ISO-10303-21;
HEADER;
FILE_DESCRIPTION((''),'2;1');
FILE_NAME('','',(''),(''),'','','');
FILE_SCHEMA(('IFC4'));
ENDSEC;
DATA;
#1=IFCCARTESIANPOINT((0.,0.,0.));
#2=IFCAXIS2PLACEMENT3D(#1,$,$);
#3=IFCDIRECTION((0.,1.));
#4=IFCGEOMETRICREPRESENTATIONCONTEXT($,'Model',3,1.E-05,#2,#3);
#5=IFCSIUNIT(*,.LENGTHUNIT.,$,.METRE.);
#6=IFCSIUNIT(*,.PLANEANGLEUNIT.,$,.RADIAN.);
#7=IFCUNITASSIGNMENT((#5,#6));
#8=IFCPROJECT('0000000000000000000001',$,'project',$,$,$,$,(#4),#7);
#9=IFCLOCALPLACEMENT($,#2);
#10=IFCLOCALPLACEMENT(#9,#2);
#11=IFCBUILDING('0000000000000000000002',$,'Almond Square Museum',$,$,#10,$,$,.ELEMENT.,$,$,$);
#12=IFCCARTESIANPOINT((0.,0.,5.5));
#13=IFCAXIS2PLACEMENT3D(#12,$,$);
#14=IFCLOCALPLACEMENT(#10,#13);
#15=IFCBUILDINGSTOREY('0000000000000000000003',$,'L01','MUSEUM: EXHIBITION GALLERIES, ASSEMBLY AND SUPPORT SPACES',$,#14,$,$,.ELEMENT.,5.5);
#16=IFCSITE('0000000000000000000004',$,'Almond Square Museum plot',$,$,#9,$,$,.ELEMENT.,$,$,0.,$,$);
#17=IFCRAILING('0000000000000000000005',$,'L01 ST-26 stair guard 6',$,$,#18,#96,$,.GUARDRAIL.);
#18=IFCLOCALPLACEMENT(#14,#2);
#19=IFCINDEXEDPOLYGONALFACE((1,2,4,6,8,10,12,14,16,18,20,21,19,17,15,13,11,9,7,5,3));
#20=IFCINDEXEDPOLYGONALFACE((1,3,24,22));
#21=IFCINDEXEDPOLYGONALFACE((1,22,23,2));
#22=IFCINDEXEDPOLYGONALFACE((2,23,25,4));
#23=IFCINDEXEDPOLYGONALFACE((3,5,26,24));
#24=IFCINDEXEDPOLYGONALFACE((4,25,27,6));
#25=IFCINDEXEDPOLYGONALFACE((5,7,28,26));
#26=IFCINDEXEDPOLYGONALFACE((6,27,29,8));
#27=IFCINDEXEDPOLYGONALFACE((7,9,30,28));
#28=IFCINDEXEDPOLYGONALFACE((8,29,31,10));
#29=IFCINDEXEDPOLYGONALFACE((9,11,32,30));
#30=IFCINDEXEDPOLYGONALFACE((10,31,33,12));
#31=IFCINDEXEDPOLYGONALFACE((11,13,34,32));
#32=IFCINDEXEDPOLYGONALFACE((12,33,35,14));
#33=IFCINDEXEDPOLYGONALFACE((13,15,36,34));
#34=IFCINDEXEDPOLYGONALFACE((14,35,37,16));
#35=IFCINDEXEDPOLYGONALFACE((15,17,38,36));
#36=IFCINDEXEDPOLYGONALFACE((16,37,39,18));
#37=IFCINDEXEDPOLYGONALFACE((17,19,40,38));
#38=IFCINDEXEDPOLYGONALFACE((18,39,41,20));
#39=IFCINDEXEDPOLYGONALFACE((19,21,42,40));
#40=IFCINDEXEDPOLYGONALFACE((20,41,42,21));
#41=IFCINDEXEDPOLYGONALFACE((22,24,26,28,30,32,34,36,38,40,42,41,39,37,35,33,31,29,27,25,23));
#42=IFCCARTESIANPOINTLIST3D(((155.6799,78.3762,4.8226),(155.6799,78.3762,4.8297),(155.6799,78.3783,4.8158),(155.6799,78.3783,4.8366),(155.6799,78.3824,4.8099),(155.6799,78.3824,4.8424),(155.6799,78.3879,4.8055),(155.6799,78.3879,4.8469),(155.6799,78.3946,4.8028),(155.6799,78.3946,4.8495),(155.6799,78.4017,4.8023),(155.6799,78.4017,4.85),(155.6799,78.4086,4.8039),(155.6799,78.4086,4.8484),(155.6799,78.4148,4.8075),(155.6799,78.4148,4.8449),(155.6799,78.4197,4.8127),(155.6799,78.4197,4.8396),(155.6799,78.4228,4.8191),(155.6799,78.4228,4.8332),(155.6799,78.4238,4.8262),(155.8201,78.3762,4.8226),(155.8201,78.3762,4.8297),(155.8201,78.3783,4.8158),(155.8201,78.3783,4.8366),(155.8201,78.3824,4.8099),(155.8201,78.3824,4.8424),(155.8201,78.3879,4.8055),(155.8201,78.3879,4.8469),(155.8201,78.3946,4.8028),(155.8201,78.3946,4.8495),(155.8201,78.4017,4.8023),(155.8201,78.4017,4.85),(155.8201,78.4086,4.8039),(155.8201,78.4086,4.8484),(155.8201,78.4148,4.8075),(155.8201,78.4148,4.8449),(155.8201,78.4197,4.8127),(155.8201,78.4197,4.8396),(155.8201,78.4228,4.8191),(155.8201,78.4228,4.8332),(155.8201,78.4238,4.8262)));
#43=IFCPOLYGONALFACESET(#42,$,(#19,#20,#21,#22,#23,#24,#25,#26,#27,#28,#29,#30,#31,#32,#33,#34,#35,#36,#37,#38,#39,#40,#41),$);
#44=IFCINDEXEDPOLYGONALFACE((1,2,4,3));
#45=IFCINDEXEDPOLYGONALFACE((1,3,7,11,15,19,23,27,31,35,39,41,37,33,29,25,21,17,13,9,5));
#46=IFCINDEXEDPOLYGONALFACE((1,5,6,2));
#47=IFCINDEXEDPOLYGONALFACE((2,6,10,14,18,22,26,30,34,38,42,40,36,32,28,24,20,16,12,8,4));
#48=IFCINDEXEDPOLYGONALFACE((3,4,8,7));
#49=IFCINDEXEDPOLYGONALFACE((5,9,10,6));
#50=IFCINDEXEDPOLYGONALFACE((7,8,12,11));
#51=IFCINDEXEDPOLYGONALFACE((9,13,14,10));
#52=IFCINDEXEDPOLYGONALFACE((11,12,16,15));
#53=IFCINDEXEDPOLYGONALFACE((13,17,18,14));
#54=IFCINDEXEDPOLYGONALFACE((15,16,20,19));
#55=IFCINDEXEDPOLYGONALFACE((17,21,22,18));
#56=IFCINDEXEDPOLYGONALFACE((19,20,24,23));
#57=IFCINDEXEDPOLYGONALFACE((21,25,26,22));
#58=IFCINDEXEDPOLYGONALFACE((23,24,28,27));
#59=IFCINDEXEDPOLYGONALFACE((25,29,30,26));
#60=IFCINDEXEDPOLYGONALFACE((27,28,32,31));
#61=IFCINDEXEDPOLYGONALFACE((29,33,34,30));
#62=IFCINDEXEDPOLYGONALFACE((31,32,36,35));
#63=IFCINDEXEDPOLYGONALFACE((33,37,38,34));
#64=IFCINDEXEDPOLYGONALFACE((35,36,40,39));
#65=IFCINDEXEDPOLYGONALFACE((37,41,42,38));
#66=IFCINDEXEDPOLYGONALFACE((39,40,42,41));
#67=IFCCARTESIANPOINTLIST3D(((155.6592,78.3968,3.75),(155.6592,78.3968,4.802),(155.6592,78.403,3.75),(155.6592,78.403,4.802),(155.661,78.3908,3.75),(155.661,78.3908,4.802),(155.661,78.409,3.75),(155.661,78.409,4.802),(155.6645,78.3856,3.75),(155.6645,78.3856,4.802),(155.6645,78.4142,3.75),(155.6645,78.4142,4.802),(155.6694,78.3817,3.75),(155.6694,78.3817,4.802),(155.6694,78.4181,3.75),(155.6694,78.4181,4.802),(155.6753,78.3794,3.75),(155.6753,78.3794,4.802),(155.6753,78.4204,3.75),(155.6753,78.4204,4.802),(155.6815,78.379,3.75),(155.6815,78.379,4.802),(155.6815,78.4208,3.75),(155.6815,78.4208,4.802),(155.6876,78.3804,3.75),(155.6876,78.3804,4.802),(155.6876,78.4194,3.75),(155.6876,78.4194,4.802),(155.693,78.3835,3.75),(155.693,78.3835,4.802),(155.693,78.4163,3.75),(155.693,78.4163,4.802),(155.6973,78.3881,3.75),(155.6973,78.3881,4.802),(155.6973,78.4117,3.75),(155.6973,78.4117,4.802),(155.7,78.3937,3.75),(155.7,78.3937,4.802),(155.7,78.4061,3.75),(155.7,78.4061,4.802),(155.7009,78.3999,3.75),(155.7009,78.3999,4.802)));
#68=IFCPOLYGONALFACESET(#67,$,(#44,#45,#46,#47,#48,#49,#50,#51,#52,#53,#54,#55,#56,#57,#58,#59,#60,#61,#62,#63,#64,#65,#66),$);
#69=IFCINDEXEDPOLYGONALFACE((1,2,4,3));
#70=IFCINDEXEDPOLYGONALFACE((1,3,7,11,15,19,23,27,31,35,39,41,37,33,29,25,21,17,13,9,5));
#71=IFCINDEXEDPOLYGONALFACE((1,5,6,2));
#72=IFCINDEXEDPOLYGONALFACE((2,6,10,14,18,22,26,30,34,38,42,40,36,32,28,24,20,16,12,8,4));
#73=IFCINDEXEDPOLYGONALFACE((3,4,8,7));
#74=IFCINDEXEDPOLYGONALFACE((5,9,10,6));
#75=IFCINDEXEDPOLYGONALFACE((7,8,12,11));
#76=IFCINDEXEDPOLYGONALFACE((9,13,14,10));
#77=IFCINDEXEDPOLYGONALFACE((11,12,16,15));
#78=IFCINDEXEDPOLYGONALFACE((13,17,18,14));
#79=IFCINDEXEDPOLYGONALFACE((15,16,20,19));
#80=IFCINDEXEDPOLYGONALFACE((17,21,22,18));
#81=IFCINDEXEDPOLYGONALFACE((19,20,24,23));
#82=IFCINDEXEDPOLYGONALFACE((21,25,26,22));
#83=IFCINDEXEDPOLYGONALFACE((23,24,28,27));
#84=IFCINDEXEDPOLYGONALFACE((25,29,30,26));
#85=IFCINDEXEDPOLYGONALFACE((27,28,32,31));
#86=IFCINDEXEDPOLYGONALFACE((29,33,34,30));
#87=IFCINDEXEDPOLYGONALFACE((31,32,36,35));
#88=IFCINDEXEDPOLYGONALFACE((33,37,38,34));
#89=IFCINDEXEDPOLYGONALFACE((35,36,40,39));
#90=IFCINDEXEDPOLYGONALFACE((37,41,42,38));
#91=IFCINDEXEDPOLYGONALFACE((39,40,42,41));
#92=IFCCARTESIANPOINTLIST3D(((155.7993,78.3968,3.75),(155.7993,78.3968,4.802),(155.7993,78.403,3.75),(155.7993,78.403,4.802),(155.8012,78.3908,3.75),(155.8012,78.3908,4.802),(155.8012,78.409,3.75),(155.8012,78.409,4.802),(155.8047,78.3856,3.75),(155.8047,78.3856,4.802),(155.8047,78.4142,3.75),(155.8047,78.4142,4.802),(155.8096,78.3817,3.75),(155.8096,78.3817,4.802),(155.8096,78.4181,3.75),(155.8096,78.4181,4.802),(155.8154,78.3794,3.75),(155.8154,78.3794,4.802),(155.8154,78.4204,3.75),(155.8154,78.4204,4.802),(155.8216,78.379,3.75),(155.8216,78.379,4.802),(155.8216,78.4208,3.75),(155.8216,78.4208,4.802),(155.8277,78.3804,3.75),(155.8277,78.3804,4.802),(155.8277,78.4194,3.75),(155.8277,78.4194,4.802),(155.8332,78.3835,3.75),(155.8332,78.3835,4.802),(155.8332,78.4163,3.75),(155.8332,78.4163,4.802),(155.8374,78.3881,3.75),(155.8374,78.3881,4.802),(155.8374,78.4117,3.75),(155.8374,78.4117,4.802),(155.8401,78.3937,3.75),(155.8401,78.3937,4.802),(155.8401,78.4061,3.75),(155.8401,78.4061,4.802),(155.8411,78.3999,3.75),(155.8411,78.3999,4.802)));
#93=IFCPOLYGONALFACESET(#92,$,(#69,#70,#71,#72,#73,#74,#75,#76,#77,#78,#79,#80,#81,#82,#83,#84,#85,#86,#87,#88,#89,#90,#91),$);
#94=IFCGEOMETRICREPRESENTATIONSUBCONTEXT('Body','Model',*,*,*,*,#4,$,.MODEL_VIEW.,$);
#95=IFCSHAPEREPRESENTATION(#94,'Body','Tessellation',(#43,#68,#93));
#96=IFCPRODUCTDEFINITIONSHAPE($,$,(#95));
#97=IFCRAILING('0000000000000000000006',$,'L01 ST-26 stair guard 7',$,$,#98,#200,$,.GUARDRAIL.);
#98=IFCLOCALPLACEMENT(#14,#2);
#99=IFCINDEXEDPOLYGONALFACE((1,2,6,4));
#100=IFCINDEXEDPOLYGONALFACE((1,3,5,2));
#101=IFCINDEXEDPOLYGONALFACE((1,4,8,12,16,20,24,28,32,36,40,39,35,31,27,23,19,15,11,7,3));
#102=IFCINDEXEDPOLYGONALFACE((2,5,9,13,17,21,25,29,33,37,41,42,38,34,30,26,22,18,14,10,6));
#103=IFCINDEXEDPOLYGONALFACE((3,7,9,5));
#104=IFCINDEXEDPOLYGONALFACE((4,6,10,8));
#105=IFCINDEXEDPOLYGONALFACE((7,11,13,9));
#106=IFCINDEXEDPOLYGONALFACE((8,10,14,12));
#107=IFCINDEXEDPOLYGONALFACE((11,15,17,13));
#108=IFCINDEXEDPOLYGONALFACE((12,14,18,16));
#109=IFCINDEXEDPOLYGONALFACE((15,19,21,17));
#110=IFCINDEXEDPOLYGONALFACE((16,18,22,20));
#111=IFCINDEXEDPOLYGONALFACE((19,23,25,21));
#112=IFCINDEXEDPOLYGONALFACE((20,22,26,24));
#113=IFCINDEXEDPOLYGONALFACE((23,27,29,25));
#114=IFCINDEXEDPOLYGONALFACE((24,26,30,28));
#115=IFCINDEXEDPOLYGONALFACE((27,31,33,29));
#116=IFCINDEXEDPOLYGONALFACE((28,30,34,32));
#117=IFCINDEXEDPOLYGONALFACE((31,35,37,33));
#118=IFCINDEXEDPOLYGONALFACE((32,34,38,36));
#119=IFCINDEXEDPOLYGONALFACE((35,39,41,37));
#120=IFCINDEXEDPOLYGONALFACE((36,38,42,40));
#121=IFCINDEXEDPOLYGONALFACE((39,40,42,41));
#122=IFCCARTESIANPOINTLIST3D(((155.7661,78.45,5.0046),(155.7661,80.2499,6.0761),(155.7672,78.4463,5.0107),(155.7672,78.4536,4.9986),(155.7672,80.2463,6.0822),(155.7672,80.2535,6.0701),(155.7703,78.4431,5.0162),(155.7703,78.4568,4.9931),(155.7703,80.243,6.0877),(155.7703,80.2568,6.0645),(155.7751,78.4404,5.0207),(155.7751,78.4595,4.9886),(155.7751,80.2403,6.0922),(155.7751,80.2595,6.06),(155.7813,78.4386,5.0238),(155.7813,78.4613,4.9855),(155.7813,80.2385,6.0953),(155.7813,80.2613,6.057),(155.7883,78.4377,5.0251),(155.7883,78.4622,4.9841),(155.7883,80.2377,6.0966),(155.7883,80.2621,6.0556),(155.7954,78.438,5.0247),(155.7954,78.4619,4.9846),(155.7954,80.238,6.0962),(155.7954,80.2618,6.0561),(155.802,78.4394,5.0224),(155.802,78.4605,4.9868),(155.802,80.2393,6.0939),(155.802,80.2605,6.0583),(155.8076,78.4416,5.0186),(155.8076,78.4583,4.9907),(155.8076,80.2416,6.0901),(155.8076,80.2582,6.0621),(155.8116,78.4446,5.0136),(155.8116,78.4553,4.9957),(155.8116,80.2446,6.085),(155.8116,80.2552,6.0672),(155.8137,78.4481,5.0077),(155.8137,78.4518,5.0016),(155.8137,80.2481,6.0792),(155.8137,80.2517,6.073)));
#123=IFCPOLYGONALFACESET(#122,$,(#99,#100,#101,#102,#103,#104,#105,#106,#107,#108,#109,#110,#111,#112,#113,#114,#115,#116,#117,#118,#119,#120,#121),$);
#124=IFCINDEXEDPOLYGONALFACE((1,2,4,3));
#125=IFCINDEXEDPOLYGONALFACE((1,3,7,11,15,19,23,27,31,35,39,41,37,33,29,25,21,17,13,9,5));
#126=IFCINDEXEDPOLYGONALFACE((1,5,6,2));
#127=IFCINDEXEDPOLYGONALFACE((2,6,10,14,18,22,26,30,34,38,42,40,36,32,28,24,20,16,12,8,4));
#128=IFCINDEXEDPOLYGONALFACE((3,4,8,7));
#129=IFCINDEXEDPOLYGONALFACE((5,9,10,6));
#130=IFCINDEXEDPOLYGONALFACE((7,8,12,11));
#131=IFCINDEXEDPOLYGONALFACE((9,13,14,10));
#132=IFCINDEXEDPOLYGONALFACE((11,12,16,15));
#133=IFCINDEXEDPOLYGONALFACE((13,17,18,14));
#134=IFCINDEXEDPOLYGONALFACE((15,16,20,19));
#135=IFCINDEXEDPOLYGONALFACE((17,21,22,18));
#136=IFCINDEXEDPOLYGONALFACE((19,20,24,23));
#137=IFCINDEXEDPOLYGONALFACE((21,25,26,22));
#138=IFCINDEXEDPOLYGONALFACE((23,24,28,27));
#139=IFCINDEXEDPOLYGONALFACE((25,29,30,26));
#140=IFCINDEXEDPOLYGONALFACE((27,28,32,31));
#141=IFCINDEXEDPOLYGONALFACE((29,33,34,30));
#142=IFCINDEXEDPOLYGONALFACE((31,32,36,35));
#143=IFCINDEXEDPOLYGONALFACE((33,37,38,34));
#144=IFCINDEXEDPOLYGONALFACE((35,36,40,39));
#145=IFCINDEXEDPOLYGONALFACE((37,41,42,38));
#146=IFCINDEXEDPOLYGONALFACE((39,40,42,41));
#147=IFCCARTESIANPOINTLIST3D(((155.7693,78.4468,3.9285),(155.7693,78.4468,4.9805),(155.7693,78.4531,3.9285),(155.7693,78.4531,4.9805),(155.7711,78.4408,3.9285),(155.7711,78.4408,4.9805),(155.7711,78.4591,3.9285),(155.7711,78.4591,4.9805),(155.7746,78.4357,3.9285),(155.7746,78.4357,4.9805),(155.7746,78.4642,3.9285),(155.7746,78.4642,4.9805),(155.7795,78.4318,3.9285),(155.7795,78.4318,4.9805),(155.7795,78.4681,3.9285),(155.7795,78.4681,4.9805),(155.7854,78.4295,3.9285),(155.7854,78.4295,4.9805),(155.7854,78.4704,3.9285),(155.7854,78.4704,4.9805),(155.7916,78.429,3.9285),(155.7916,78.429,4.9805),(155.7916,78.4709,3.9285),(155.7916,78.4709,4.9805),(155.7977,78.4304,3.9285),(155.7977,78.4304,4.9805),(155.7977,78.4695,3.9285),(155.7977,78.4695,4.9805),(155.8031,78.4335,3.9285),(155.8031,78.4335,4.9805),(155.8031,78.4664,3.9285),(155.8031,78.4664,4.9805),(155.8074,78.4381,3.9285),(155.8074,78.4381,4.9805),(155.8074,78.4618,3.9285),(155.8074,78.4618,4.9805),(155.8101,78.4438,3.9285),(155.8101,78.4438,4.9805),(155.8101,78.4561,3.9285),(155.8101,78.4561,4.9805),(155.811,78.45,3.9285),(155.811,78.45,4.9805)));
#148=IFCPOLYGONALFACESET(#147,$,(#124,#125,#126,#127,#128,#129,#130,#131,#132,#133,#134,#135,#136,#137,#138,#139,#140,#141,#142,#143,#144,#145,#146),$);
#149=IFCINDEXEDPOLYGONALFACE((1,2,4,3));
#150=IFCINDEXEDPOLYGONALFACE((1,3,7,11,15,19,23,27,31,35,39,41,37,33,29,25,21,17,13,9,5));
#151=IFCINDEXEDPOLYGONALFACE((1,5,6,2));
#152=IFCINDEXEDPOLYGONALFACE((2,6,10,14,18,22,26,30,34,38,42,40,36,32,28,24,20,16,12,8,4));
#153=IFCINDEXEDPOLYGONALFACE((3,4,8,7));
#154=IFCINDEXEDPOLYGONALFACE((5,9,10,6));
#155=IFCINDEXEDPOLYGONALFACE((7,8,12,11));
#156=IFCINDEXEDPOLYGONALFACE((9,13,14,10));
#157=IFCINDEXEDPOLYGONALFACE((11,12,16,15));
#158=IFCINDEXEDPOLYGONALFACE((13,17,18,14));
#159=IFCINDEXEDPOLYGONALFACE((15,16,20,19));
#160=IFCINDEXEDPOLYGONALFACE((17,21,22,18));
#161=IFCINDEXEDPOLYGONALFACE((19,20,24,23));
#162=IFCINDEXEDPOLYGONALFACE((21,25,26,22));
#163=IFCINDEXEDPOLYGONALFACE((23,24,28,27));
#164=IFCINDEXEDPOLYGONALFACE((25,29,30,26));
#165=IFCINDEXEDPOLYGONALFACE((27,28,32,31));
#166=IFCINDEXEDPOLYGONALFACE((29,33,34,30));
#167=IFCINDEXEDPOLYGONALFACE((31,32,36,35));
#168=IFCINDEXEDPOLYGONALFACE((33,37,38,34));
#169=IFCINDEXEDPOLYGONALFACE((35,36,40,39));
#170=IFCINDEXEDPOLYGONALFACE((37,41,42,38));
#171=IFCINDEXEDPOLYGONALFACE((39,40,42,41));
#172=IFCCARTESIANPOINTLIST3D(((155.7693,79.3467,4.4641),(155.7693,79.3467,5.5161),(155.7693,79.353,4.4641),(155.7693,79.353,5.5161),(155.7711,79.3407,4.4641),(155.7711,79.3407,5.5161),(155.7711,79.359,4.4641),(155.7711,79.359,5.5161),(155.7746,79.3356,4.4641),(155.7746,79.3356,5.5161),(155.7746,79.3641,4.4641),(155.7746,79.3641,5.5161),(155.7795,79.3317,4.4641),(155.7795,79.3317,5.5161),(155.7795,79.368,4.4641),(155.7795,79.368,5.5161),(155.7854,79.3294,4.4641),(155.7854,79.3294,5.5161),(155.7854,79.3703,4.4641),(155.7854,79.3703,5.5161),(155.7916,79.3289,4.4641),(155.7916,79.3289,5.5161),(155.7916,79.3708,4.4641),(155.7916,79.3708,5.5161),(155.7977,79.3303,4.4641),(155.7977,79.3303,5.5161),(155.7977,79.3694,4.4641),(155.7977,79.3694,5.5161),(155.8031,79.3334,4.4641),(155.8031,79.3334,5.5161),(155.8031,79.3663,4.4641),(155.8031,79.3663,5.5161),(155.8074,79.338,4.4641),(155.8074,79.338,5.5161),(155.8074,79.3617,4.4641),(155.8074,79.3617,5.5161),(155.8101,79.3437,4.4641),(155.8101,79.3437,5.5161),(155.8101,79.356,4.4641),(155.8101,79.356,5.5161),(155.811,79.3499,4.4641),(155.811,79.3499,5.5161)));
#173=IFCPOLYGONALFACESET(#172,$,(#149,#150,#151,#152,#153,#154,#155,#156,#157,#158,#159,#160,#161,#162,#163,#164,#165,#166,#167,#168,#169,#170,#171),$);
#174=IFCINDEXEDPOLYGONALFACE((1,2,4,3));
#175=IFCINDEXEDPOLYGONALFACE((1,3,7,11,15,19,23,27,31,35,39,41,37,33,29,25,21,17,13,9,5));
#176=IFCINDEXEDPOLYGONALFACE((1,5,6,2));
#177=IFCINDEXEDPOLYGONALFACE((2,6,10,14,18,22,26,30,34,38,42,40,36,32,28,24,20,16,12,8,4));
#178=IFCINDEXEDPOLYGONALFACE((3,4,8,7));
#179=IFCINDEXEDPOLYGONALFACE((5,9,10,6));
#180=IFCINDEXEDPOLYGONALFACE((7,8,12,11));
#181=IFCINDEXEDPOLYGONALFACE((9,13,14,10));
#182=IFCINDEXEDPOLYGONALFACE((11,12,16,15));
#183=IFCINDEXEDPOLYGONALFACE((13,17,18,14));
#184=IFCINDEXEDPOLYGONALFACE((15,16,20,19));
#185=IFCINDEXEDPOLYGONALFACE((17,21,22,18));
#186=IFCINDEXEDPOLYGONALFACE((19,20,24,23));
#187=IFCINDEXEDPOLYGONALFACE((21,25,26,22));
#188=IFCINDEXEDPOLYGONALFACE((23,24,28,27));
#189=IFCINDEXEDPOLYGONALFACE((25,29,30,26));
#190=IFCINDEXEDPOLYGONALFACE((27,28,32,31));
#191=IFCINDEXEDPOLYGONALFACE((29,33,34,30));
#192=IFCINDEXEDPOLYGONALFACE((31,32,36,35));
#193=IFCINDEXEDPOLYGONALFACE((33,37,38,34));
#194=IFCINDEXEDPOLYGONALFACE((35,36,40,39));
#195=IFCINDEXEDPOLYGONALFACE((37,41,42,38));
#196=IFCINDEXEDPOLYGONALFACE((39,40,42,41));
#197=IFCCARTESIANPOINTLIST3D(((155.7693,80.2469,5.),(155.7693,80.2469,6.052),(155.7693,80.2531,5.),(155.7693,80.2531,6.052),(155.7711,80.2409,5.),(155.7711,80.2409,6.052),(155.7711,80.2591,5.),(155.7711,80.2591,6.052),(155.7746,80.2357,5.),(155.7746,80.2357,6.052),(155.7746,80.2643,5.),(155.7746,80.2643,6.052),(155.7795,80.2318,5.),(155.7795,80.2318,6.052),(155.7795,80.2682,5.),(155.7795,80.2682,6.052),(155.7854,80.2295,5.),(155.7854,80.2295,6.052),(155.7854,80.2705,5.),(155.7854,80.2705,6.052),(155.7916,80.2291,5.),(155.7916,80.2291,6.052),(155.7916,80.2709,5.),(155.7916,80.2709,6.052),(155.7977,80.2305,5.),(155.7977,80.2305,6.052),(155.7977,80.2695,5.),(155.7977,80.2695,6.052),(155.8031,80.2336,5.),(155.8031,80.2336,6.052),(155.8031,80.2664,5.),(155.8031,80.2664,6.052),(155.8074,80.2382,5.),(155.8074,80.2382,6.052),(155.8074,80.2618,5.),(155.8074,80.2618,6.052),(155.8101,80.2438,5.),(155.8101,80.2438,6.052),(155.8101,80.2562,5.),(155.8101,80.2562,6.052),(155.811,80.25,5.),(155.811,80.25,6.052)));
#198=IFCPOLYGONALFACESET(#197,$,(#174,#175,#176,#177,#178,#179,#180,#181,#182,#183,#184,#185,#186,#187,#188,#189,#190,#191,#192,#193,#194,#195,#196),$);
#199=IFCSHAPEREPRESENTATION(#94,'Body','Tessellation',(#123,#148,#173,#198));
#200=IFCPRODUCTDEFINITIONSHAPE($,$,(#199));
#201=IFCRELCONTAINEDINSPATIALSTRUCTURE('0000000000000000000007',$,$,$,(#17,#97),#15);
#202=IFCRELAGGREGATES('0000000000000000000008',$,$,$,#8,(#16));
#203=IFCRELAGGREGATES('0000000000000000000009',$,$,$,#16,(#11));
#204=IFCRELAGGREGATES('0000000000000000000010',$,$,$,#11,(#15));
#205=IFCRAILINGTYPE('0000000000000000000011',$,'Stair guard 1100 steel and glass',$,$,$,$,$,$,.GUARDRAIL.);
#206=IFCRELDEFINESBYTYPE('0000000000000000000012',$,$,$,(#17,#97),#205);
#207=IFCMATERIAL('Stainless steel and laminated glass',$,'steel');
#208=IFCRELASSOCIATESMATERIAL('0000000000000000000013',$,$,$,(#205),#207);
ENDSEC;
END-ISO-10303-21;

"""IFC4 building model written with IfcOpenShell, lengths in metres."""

from ifc_helpers import new_model, si_unit, direction, frame, origin, origin_2d, place, context, subcontext, project, spatial, circle, extrude, material, type_object, element, save


model = new_model("IFC4")

# Units and contexts
model_context = context("Model", 3, precision=1e-05, world=origin(), true_north=direction((0.0, 1.0)))
body_context = subcontext(model_context, "Body", "Model", "MODEL_VIEW")
ifc_project = project(units=[si_unit("LENGTHUNIT", "METRE"), si_unit("PLANEANGLEUNIT", "RADIAN")], contexts=[model_context])

# Site, building, storey
site_placement = place(None, origin())
site = spatial("IfcSite", under=ifc_project, at=site_placement, Name="Almond Square Museum plot", CompositionType="ELEMENT", RefElevation=0.0)
building_placement = place(site_placement, origin())
building = spatial("IfcBuilding", under=site, at=building_placement, Name="Almond Square Museum", CompositionType="ELEMENT")
storey_placement = place(building_placement, frame((0.0, 0.0, 5.5)))
storey = spatial("IfcBuildingStorey", under=building, at=storey_placement, Name="L01", Description="MUSEUM: EXHIBITION GALLERIES, ASSEMBLY AND SUPPORT SPACES", CompositionType="ELEMENT", Elevation=5.5)

# Railings
ifc_material_1 = material(Name="Stainless steel and laminated glass", Category="steel")
railing_type_1 = type_object("IfcRailingType", Name="Stair guard 1100 steel and glass", PredefinedType="GUARDRAIL", material=ifc_material_1)
railing_1_placement = place(storey_placement, frame((155.6799, 78.3999, 3.75)))
element("IfcRailing", 1, at=railing_1_placement, inside=storey, type_object=railing_type_1, Name="L01 ST-26 stair guard 6", PredefinedType="GUARDRAIL", context=body_context, shape_type="SweptSolid", body=[
    extrude(circle(Radius=0.0239, at=origin_2d()), frame((0.0, 0.0, 1.0762), z_axis=(1.0, 0.0, 0.0), x_axis=(0.0, 1.0, 0.0)), (0.0, 0.0, 1.0), 0.1401),
    extrude(circle(Radius=0.021, at=origin_2d()), origin(), (0.0, 0.0, 1.0), 1.052),
    extrude(circle(Radius=0.021, at=origin_2d()), frame((0.1401, 0.0, 0.0)), (0.0, 0.0, 1.0), 1.052),
])
railing_2_placement = place(storey_placement, frame((155.79, 78.45, 3.9285)))
element("IfcRailing", 2, at=railing_2_placement, inside=storey, type_object=railing_type_1, Name="L01 ST-26 stair guard 7", PredefinedType="GUARDRAIL", context=body_context, shape_type="SweptSolid", body=[
    extrude(circle(Radius=0.0239, at=origin_2d()), frame((0.0, 0.0, 1.0762), z_axis=(0.0, 0.859277, 0.51151), x_axis=(-1.0, 0.0, 0.0)), (0.0, 0.0, 1.0), 2.0947),
    extrude(circle(Radius=0.021, at=origin_2d()), origin(), (0.0, 0.0, 1.0), 1.052),
    extrude(circle(Radius=0.021, at=origin_2d()), frame((0.0, 0.8999, 0.5356)), (0.0, 0.0, 1.0), 1.052),
    extrude(circle(Radius=0.021, at=origin_2d()), frame((0.0, 1.8, 1.0715)), (0.0, 0.0, 1.0), 1.052),
])

save(model, "model.ifc")
